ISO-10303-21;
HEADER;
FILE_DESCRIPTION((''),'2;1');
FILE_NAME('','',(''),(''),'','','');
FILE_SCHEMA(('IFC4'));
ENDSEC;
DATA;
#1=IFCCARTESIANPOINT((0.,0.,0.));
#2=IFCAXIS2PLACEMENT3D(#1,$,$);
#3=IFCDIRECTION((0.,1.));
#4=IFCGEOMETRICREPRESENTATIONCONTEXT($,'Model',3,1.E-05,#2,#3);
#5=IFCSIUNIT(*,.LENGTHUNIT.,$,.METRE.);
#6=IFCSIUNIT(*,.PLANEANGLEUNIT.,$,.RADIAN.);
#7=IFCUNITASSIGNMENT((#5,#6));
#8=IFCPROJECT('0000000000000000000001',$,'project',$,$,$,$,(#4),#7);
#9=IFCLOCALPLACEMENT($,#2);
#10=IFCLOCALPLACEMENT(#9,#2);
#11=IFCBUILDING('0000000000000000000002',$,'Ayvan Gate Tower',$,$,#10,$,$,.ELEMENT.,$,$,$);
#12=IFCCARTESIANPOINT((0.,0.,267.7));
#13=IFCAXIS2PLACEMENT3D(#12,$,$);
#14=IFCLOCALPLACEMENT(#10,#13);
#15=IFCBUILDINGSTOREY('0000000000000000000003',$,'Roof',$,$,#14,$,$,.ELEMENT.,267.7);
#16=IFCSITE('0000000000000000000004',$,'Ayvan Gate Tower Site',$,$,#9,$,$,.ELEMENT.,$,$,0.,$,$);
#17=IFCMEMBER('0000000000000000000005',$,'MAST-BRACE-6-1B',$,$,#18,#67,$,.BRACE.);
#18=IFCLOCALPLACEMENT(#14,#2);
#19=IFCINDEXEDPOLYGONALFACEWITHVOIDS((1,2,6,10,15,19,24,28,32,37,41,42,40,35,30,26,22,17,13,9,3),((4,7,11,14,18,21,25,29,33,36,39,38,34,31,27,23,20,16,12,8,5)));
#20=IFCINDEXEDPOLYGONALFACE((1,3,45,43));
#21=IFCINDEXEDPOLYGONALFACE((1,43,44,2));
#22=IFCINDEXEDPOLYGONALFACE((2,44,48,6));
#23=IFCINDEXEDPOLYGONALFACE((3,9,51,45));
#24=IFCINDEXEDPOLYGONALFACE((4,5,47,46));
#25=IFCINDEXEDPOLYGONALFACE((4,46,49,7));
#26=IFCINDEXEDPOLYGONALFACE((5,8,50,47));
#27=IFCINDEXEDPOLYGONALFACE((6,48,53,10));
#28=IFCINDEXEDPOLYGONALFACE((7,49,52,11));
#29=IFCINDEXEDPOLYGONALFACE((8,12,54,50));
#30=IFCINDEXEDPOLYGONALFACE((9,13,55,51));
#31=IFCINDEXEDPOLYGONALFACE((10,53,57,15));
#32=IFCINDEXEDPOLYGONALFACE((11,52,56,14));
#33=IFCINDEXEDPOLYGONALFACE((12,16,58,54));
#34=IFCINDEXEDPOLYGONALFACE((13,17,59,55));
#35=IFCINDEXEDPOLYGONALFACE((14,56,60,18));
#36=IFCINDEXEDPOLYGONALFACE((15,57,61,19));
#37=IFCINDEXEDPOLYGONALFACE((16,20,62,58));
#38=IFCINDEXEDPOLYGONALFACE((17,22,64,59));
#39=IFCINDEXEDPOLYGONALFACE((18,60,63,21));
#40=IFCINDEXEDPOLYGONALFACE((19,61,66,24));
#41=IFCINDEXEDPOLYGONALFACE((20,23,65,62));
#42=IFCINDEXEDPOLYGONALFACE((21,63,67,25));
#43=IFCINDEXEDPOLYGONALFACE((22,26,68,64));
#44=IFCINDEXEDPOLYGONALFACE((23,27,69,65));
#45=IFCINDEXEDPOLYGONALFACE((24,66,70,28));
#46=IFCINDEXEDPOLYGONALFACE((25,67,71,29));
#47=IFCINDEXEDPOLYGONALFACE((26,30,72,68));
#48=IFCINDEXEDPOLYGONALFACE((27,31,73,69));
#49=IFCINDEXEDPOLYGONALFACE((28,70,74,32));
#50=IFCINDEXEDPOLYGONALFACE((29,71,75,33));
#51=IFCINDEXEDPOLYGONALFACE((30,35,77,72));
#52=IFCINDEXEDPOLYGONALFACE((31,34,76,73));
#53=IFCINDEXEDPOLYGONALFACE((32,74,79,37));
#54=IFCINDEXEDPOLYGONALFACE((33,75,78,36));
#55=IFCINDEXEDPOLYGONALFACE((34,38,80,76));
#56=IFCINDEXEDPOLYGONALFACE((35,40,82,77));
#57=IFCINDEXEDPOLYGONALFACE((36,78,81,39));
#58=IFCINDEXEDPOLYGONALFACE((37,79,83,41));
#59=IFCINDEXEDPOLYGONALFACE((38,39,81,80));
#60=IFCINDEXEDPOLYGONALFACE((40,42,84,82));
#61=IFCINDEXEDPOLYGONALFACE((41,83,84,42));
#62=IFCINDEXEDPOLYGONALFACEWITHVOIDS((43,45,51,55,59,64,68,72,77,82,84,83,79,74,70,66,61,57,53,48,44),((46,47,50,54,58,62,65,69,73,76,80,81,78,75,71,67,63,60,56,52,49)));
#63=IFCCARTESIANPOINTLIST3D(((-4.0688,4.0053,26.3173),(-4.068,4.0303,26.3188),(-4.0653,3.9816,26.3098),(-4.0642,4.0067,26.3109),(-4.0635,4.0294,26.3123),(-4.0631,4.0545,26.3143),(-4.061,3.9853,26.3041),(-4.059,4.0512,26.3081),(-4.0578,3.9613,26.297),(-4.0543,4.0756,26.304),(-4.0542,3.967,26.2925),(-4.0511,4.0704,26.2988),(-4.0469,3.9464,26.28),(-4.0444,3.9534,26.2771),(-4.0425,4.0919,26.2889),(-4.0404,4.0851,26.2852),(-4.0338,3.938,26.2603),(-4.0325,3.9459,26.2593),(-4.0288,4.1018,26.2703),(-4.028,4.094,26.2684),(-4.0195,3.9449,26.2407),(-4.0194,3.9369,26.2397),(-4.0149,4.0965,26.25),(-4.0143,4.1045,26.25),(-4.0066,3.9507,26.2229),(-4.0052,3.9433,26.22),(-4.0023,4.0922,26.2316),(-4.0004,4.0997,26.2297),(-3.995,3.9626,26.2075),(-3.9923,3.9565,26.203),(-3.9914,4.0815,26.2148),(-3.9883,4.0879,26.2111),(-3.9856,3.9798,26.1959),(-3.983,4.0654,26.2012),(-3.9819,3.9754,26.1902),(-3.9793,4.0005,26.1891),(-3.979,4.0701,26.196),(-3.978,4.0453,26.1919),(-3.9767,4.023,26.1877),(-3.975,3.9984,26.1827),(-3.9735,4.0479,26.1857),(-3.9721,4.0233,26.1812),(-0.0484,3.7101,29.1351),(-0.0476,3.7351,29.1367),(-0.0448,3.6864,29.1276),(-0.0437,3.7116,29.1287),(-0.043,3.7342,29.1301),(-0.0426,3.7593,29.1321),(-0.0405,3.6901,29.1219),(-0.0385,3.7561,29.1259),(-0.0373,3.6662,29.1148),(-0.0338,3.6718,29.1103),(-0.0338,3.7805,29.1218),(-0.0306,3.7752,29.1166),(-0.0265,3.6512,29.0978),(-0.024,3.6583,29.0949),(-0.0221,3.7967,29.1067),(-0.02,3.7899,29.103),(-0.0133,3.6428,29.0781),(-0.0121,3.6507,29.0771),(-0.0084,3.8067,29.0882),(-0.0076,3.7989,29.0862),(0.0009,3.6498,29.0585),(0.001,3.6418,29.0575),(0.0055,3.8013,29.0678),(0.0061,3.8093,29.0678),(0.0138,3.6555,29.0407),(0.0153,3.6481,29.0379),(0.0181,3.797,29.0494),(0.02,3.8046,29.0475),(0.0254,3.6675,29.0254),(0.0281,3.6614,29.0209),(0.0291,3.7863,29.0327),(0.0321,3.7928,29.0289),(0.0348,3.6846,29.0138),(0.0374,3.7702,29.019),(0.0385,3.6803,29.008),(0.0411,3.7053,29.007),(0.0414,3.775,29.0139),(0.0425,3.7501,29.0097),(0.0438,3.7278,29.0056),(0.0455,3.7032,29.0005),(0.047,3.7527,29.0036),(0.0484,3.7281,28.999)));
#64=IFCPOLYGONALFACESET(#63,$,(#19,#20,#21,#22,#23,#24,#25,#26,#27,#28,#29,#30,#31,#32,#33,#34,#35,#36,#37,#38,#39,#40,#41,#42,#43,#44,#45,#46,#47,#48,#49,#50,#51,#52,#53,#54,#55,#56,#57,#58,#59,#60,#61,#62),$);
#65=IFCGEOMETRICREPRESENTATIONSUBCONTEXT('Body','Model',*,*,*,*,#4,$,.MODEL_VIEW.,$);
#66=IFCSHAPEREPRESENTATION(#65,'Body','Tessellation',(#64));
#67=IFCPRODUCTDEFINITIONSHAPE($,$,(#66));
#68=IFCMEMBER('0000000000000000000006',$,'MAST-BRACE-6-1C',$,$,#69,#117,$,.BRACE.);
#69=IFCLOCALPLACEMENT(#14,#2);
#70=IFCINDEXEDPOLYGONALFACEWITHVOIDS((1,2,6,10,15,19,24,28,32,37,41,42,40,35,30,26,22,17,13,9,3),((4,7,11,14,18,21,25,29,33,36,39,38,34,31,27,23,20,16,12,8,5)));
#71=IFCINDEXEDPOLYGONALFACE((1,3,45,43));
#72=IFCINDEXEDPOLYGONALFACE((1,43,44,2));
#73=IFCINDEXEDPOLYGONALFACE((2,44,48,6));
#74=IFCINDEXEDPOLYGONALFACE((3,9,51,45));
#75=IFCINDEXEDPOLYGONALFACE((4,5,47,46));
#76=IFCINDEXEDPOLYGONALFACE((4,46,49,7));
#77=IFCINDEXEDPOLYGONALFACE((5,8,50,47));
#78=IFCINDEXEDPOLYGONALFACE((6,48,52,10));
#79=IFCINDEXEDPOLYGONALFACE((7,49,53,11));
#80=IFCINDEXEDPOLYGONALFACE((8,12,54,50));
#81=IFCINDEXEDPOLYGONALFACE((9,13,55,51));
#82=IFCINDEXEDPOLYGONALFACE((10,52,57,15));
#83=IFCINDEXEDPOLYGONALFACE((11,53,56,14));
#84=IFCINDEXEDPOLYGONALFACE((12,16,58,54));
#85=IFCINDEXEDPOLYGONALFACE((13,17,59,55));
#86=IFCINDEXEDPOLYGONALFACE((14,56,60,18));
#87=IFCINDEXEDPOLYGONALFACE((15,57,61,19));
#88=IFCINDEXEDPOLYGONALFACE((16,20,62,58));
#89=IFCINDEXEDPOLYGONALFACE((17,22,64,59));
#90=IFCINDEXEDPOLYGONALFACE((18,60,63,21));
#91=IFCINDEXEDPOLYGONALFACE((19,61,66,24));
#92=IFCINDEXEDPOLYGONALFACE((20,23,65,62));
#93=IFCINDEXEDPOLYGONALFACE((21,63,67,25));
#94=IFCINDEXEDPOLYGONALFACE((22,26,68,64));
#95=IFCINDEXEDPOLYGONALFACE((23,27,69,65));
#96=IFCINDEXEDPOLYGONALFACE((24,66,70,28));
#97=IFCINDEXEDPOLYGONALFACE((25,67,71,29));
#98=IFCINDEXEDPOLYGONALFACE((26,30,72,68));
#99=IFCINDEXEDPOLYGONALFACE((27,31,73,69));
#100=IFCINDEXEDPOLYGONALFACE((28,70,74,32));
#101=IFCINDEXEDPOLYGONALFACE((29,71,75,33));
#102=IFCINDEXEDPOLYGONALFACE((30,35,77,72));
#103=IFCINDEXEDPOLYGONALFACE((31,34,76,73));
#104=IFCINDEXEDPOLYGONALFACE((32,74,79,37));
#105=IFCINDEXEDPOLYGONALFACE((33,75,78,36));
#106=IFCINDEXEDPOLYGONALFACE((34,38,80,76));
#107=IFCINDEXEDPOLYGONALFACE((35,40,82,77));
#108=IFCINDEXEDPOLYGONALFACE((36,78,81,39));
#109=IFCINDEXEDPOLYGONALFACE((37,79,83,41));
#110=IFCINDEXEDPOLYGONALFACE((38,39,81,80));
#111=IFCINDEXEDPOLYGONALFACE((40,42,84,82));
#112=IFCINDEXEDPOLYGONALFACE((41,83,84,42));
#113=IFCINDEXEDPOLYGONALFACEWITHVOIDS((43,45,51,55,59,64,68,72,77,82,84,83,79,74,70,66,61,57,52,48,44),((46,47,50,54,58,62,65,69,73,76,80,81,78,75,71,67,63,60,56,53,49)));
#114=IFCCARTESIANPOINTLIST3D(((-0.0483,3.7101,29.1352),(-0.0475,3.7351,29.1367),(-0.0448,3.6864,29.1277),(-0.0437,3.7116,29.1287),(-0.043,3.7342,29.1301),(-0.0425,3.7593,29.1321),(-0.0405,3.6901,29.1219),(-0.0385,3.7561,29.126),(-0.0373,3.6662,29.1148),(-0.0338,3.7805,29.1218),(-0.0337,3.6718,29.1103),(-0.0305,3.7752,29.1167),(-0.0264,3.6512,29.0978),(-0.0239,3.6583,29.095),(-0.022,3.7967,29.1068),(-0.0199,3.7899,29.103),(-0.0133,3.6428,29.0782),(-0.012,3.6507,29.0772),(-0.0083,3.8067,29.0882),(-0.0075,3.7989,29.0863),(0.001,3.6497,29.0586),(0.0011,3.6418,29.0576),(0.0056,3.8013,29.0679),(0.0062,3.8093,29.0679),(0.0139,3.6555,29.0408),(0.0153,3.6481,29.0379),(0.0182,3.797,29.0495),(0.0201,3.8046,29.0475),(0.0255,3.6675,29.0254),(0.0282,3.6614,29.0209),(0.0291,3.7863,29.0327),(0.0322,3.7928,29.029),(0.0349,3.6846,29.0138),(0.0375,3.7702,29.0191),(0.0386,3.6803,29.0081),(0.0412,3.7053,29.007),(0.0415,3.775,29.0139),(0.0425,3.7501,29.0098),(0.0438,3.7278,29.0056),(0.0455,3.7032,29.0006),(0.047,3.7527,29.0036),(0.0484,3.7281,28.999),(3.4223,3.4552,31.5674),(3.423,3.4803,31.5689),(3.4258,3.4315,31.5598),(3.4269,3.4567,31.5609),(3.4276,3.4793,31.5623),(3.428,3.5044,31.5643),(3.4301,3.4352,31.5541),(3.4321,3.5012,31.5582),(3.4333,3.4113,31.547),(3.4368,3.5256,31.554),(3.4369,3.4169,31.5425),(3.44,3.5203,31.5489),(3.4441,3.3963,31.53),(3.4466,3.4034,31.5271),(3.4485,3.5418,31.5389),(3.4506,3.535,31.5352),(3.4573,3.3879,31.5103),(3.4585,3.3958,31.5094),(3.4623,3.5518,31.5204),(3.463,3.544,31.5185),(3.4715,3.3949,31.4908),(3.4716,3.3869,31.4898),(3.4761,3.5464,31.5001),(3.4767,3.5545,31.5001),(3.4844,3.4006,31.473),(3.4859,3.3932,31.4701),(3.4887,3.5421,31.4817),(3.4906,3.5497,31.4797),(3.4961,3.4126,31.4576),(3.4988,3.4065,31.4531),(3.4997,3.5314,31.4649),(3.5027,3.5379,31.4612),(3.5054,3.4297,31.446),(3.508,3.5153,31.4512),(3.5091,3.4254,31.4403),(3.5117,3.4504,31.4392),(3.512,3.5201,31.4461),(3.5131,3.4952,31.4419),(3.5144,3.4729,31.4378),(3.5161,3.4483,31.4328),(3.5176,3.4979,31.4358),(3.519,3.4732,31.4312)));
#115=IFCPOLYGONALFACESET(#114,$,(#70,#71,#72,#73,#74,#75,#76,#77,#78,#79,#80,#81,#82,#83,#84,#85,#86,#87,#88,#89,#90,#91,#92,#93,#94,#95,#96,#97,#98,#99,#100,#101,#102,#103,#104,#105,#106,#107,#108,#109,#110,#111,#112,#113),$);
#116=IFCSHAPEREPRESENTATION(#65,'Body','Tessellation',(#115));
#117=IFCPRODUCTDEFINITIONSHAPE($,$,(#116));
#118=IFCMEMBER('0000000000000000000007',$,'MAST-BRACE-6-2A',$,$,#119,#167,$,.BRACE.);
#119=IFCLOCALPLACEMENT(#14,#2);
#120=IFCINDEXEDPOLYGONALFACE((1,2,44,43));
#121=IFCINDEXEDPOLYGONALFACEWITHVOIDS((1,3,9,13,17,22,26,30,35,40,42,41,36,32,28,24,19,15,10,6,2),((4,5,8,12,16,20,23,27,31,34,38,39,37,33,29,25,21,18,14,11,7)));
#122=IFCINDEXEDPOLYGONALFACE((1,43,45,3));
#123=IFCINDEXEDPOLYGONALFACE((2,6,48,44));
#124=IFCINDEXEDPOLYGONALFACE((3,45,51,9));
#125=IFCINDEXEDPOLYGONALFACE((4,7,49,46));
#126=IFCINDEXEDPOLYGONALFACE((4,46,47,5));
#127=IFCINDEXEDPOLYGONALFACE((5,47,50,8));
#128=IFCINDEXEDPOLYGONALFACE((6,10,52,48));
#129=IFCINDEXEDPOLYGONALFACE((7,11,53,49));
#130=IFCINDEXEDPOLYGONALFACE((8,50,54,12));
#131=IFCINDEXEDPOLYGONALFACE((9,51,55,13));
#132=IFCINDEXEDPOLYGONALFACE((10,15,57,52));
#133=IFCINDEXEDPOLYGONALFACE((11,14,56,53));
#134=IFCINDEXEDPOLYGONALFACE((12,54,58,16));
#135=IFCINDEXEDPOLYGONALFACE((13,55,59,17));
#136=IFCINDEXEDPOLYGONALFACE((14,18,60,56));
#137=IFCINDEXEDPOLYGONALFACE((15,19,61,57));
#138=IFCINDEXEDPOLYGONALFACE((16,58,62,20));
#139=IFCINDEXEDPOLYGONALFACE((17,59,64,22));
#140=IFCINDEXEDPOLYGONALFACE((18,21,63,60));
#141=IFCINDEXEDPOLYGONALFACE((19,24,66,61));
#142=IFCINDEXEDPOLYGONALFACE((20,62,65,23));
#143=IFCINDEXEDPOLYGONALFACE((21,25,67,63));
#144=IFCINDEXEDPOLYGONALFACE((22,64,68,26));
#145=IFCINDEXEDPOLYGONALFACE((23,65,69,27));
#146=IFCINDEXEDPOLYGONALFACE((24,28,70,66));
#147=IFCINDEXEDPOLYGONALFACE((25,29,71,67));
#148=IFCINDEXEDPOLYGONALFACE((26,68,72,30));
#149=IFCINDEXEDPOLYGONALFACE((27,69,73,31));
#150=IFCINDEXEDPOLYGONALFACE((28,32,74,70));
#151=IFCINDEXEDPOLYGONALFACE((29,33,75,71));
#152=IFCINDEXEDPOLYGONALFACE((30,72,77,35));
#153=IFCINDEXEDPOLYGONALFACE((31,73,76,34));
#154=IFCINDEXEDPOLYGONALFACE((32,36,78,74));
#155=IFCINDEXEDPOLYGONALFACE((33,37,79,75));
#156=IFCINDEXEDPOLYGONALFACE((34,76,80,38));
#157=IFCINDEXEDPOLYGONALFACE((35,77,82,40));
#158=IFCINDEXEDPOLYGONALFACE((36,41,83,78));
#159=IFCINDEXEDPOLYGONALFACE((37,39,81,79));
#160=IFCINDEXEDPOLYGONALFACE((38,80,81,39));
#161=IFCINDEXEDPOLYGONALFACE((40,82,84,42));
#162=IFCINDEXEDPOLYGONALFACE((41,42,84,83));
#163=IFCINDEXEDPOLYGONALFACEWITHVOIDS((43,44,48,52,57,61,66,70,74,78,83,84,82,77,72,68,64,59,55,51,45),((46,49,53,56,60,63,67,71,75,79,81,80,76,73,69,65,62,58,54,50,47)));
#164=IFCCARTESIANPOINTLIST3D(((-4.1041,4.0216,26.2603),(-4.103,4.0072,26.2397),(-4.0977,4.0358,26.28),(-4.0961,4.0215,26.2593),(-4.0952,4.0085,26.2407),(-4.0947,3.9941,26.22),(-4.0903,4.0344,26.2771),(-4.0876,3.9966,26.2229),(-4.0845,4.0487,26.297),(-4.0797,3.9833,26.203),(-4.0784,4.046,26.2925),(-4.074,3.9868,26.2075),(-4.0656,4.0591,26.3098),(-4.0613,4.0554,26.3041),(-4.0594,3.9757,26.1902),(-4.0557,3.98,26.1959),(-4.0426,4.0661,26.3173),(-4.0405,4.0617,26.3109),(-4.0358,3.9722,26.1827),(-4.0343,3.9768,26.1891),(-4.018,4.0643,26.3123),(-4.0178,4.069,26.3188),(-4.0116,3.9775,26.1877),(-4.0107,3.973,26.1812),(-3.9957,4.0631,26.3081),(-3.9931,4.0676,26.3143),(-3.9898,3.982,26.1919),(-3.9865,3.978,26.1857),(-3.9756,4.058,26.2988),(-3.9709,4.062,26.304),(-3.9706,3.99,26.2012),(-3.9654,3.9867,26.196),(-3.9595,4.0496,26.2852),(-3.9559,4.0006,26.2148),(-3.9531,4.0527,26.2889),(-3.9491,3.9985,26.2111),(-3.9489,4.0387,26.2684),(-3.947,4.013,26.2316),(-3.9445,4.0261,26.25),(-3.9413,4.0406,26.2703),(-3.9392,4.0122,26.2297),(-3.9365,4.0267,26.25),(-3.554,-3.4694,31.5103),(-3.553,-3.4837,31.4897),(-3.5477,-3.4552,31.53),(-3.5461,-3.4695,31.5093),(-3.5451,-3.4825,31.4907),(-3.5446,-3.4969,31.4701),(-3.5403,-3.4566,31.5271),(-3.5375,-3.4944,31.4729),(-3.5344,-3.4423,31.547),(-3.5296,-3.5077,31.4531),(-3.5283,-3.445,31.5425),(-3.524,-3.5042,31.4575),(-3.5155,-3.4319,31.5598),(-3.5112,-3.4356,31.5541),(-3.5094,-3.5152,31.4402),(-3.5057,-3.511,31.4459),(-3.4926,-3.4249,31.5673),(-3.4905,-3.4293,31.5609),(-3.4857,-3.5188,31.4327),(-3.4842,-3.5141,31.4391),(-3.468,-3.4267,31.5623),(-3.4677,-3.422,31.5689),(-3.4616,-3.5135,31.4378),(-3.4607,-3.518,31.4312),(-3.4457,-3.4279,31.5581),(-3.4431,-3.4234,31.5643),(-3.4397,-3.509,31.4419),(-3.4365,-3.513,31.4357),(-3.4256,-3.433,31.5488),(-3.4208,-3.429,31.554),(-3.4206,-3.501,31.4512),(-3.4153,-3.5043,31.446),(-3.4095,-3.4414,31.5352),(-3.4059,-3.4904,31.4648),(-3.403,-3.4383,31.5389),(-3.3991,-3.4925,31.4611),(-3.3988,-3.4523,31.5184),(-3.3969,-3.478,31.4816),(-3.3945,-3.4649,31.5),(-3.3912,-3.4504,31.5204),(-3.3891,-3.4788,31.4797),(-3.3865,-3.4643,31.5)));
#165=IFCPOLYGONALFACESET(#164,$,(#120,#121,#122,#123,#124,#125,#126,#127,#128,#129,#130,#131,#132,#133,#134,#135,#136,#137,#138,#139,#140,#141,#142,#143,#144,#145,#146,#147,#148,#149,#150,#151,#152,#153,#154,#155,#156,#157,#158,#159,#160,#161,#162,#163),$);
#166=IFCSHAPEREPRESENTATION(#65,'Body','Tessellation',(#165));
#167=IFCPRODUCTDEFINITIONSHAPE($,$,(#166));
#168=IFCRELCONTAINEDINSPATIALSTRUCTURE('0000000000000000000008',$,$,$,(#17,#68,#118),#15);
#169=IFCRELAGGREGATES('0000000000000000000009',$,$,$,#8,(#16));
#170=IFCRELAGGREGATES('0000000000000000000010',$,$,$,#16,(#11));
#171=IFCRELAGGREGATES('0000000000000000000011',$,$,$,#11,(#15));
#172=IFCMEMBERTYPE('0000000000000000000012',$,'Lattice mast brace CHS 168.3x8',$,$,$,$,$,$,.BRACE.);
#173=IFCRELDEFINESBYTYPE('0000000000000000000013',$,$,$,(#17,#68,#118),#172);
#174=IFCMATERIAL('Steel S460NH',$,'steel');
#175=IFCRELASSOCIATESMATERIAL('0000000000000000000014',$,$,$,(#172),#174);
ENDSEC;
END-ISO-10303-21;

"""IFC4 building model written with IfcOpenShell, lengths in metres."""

from ifc_helpers import new_model, si_unit, direction, frame, origin, origin_2d, place, context, subcontext, project, spatial, hollow_circle, extrude, material, material_profile, profile_set, type_object, element, save


model = new_model("IFC4")

# Units and contexts
model_context = context("Model", 3, precision=1e-05, world=origin(), true_north=direction((0.0, 1.0)))
body_context = subcontext(model_context, "Body", "Model", "MODEL_VIEW")
ifc_project = project(units=[si_unit("LENGTHUNIT", "METRE"), si_unit("PLANEANGLEUNIT", "RADIAN")], contexts=[model_context])

# Site, building, storey
site_placement = place(None, origin())
site = spatial("IfcSite", under=ifc_project, at=site_placement, Name="Ayvan Gate Tower Site", CompositionType="ELEMENT", RefElevation=0.0)
building_placement = place(site_placement, origin())
building = spatial("IfcBuilding", under=site, at=building_placement, Name="Ayvan Gate Tower", CompositionType="ELEMENT")
storey_placement = place(building_placement, frame((0.0, 0.0, 267.7)))
storey = spatial("IfcBuildingStorey", under=building, at=storey_placement, Name="Roof", CompositionType="ELEMENT", Elevation=267.7)

# Members
ifc_material_1 = material(Name="Steel S460NH", Category="steel")
ifc_material_profile_1 = material_profile(ifc_material_1, hollow_circle(Radius=0.0842, WallThickness=0.0081, at=origin_2d()), Name="CHS 168.3x8")
ifc_profile_set_1 = profile_set([ifc_material_profile_1], Name="Steel S460NH")
member_type_1 = type_object("IfcMemberType", Name="Lattice mast brace CHS 168.3x8", PredefinedType="BRACE", material=ifc_profile_set_1)
member_1_placement = place(storey_placement, frame((-4.0205, 4.0205, 26.25), z_axis=(0.817419, -0.060011, 0.572908), x_axis=(0.073218, 0.997316, 0.0)))
element("IfcMember", 1, at=member_1_placement, inside=storey, type_object=member_type_1, Name="MAST-BRACE-6-1B", PredefinedType="BRACE", context=body_context, shape_type="SweptSolid", body=[
    extrude(hollow_circle(Radius=0.0842, WallThickness=0.0081, at=origin_2d()), origin(), (0.0, 0.0, 1.0), 4.9185),
])
member_2_placement = place(storey_placement, frame((0.0, 3.7253, 29.0679), z_axis=(0.817443, -0.060036, 0.572872), x_axis=(0.073246, 0.997314, 0.0)))
element("IfcMember", 2, at=member_2_placement, inside=storey, type_object=member_type_1, Name="MAST-BRACE-6-1C", PredefinedType="BRACE", context=body_context, shape_type="SweptSolid", body=[
    extrude(hollow_circle(Radius=0.0842, WallThickness=0.0081, at=origin_2d()), origin(), (0.0, 0.0, 1.0), 4.2456),
])
member_3_placement = place(storey_placement, frame((-4.0205, 4.0205, 26.25), z_axis=(0.060023, -0.817431, 0.572891), x_axis=(0.997315, 0.073231, 0.0)))
element("IfcMember", 3, at=member_3_placement, inside=storey, type_object=member_type_1, Name="MAST-BRACE-6-2A", PredefinedType="BRACE", context=body_context, shape_type="SweptSolid", body=[
    extrude(hollow_circle(Radius=0.0842, WallThickness=0.0081, at=origin_2d()), origin(), (0.0, 0.0, 1.0), 9.1641),
])

save(model, "model.ifc")
